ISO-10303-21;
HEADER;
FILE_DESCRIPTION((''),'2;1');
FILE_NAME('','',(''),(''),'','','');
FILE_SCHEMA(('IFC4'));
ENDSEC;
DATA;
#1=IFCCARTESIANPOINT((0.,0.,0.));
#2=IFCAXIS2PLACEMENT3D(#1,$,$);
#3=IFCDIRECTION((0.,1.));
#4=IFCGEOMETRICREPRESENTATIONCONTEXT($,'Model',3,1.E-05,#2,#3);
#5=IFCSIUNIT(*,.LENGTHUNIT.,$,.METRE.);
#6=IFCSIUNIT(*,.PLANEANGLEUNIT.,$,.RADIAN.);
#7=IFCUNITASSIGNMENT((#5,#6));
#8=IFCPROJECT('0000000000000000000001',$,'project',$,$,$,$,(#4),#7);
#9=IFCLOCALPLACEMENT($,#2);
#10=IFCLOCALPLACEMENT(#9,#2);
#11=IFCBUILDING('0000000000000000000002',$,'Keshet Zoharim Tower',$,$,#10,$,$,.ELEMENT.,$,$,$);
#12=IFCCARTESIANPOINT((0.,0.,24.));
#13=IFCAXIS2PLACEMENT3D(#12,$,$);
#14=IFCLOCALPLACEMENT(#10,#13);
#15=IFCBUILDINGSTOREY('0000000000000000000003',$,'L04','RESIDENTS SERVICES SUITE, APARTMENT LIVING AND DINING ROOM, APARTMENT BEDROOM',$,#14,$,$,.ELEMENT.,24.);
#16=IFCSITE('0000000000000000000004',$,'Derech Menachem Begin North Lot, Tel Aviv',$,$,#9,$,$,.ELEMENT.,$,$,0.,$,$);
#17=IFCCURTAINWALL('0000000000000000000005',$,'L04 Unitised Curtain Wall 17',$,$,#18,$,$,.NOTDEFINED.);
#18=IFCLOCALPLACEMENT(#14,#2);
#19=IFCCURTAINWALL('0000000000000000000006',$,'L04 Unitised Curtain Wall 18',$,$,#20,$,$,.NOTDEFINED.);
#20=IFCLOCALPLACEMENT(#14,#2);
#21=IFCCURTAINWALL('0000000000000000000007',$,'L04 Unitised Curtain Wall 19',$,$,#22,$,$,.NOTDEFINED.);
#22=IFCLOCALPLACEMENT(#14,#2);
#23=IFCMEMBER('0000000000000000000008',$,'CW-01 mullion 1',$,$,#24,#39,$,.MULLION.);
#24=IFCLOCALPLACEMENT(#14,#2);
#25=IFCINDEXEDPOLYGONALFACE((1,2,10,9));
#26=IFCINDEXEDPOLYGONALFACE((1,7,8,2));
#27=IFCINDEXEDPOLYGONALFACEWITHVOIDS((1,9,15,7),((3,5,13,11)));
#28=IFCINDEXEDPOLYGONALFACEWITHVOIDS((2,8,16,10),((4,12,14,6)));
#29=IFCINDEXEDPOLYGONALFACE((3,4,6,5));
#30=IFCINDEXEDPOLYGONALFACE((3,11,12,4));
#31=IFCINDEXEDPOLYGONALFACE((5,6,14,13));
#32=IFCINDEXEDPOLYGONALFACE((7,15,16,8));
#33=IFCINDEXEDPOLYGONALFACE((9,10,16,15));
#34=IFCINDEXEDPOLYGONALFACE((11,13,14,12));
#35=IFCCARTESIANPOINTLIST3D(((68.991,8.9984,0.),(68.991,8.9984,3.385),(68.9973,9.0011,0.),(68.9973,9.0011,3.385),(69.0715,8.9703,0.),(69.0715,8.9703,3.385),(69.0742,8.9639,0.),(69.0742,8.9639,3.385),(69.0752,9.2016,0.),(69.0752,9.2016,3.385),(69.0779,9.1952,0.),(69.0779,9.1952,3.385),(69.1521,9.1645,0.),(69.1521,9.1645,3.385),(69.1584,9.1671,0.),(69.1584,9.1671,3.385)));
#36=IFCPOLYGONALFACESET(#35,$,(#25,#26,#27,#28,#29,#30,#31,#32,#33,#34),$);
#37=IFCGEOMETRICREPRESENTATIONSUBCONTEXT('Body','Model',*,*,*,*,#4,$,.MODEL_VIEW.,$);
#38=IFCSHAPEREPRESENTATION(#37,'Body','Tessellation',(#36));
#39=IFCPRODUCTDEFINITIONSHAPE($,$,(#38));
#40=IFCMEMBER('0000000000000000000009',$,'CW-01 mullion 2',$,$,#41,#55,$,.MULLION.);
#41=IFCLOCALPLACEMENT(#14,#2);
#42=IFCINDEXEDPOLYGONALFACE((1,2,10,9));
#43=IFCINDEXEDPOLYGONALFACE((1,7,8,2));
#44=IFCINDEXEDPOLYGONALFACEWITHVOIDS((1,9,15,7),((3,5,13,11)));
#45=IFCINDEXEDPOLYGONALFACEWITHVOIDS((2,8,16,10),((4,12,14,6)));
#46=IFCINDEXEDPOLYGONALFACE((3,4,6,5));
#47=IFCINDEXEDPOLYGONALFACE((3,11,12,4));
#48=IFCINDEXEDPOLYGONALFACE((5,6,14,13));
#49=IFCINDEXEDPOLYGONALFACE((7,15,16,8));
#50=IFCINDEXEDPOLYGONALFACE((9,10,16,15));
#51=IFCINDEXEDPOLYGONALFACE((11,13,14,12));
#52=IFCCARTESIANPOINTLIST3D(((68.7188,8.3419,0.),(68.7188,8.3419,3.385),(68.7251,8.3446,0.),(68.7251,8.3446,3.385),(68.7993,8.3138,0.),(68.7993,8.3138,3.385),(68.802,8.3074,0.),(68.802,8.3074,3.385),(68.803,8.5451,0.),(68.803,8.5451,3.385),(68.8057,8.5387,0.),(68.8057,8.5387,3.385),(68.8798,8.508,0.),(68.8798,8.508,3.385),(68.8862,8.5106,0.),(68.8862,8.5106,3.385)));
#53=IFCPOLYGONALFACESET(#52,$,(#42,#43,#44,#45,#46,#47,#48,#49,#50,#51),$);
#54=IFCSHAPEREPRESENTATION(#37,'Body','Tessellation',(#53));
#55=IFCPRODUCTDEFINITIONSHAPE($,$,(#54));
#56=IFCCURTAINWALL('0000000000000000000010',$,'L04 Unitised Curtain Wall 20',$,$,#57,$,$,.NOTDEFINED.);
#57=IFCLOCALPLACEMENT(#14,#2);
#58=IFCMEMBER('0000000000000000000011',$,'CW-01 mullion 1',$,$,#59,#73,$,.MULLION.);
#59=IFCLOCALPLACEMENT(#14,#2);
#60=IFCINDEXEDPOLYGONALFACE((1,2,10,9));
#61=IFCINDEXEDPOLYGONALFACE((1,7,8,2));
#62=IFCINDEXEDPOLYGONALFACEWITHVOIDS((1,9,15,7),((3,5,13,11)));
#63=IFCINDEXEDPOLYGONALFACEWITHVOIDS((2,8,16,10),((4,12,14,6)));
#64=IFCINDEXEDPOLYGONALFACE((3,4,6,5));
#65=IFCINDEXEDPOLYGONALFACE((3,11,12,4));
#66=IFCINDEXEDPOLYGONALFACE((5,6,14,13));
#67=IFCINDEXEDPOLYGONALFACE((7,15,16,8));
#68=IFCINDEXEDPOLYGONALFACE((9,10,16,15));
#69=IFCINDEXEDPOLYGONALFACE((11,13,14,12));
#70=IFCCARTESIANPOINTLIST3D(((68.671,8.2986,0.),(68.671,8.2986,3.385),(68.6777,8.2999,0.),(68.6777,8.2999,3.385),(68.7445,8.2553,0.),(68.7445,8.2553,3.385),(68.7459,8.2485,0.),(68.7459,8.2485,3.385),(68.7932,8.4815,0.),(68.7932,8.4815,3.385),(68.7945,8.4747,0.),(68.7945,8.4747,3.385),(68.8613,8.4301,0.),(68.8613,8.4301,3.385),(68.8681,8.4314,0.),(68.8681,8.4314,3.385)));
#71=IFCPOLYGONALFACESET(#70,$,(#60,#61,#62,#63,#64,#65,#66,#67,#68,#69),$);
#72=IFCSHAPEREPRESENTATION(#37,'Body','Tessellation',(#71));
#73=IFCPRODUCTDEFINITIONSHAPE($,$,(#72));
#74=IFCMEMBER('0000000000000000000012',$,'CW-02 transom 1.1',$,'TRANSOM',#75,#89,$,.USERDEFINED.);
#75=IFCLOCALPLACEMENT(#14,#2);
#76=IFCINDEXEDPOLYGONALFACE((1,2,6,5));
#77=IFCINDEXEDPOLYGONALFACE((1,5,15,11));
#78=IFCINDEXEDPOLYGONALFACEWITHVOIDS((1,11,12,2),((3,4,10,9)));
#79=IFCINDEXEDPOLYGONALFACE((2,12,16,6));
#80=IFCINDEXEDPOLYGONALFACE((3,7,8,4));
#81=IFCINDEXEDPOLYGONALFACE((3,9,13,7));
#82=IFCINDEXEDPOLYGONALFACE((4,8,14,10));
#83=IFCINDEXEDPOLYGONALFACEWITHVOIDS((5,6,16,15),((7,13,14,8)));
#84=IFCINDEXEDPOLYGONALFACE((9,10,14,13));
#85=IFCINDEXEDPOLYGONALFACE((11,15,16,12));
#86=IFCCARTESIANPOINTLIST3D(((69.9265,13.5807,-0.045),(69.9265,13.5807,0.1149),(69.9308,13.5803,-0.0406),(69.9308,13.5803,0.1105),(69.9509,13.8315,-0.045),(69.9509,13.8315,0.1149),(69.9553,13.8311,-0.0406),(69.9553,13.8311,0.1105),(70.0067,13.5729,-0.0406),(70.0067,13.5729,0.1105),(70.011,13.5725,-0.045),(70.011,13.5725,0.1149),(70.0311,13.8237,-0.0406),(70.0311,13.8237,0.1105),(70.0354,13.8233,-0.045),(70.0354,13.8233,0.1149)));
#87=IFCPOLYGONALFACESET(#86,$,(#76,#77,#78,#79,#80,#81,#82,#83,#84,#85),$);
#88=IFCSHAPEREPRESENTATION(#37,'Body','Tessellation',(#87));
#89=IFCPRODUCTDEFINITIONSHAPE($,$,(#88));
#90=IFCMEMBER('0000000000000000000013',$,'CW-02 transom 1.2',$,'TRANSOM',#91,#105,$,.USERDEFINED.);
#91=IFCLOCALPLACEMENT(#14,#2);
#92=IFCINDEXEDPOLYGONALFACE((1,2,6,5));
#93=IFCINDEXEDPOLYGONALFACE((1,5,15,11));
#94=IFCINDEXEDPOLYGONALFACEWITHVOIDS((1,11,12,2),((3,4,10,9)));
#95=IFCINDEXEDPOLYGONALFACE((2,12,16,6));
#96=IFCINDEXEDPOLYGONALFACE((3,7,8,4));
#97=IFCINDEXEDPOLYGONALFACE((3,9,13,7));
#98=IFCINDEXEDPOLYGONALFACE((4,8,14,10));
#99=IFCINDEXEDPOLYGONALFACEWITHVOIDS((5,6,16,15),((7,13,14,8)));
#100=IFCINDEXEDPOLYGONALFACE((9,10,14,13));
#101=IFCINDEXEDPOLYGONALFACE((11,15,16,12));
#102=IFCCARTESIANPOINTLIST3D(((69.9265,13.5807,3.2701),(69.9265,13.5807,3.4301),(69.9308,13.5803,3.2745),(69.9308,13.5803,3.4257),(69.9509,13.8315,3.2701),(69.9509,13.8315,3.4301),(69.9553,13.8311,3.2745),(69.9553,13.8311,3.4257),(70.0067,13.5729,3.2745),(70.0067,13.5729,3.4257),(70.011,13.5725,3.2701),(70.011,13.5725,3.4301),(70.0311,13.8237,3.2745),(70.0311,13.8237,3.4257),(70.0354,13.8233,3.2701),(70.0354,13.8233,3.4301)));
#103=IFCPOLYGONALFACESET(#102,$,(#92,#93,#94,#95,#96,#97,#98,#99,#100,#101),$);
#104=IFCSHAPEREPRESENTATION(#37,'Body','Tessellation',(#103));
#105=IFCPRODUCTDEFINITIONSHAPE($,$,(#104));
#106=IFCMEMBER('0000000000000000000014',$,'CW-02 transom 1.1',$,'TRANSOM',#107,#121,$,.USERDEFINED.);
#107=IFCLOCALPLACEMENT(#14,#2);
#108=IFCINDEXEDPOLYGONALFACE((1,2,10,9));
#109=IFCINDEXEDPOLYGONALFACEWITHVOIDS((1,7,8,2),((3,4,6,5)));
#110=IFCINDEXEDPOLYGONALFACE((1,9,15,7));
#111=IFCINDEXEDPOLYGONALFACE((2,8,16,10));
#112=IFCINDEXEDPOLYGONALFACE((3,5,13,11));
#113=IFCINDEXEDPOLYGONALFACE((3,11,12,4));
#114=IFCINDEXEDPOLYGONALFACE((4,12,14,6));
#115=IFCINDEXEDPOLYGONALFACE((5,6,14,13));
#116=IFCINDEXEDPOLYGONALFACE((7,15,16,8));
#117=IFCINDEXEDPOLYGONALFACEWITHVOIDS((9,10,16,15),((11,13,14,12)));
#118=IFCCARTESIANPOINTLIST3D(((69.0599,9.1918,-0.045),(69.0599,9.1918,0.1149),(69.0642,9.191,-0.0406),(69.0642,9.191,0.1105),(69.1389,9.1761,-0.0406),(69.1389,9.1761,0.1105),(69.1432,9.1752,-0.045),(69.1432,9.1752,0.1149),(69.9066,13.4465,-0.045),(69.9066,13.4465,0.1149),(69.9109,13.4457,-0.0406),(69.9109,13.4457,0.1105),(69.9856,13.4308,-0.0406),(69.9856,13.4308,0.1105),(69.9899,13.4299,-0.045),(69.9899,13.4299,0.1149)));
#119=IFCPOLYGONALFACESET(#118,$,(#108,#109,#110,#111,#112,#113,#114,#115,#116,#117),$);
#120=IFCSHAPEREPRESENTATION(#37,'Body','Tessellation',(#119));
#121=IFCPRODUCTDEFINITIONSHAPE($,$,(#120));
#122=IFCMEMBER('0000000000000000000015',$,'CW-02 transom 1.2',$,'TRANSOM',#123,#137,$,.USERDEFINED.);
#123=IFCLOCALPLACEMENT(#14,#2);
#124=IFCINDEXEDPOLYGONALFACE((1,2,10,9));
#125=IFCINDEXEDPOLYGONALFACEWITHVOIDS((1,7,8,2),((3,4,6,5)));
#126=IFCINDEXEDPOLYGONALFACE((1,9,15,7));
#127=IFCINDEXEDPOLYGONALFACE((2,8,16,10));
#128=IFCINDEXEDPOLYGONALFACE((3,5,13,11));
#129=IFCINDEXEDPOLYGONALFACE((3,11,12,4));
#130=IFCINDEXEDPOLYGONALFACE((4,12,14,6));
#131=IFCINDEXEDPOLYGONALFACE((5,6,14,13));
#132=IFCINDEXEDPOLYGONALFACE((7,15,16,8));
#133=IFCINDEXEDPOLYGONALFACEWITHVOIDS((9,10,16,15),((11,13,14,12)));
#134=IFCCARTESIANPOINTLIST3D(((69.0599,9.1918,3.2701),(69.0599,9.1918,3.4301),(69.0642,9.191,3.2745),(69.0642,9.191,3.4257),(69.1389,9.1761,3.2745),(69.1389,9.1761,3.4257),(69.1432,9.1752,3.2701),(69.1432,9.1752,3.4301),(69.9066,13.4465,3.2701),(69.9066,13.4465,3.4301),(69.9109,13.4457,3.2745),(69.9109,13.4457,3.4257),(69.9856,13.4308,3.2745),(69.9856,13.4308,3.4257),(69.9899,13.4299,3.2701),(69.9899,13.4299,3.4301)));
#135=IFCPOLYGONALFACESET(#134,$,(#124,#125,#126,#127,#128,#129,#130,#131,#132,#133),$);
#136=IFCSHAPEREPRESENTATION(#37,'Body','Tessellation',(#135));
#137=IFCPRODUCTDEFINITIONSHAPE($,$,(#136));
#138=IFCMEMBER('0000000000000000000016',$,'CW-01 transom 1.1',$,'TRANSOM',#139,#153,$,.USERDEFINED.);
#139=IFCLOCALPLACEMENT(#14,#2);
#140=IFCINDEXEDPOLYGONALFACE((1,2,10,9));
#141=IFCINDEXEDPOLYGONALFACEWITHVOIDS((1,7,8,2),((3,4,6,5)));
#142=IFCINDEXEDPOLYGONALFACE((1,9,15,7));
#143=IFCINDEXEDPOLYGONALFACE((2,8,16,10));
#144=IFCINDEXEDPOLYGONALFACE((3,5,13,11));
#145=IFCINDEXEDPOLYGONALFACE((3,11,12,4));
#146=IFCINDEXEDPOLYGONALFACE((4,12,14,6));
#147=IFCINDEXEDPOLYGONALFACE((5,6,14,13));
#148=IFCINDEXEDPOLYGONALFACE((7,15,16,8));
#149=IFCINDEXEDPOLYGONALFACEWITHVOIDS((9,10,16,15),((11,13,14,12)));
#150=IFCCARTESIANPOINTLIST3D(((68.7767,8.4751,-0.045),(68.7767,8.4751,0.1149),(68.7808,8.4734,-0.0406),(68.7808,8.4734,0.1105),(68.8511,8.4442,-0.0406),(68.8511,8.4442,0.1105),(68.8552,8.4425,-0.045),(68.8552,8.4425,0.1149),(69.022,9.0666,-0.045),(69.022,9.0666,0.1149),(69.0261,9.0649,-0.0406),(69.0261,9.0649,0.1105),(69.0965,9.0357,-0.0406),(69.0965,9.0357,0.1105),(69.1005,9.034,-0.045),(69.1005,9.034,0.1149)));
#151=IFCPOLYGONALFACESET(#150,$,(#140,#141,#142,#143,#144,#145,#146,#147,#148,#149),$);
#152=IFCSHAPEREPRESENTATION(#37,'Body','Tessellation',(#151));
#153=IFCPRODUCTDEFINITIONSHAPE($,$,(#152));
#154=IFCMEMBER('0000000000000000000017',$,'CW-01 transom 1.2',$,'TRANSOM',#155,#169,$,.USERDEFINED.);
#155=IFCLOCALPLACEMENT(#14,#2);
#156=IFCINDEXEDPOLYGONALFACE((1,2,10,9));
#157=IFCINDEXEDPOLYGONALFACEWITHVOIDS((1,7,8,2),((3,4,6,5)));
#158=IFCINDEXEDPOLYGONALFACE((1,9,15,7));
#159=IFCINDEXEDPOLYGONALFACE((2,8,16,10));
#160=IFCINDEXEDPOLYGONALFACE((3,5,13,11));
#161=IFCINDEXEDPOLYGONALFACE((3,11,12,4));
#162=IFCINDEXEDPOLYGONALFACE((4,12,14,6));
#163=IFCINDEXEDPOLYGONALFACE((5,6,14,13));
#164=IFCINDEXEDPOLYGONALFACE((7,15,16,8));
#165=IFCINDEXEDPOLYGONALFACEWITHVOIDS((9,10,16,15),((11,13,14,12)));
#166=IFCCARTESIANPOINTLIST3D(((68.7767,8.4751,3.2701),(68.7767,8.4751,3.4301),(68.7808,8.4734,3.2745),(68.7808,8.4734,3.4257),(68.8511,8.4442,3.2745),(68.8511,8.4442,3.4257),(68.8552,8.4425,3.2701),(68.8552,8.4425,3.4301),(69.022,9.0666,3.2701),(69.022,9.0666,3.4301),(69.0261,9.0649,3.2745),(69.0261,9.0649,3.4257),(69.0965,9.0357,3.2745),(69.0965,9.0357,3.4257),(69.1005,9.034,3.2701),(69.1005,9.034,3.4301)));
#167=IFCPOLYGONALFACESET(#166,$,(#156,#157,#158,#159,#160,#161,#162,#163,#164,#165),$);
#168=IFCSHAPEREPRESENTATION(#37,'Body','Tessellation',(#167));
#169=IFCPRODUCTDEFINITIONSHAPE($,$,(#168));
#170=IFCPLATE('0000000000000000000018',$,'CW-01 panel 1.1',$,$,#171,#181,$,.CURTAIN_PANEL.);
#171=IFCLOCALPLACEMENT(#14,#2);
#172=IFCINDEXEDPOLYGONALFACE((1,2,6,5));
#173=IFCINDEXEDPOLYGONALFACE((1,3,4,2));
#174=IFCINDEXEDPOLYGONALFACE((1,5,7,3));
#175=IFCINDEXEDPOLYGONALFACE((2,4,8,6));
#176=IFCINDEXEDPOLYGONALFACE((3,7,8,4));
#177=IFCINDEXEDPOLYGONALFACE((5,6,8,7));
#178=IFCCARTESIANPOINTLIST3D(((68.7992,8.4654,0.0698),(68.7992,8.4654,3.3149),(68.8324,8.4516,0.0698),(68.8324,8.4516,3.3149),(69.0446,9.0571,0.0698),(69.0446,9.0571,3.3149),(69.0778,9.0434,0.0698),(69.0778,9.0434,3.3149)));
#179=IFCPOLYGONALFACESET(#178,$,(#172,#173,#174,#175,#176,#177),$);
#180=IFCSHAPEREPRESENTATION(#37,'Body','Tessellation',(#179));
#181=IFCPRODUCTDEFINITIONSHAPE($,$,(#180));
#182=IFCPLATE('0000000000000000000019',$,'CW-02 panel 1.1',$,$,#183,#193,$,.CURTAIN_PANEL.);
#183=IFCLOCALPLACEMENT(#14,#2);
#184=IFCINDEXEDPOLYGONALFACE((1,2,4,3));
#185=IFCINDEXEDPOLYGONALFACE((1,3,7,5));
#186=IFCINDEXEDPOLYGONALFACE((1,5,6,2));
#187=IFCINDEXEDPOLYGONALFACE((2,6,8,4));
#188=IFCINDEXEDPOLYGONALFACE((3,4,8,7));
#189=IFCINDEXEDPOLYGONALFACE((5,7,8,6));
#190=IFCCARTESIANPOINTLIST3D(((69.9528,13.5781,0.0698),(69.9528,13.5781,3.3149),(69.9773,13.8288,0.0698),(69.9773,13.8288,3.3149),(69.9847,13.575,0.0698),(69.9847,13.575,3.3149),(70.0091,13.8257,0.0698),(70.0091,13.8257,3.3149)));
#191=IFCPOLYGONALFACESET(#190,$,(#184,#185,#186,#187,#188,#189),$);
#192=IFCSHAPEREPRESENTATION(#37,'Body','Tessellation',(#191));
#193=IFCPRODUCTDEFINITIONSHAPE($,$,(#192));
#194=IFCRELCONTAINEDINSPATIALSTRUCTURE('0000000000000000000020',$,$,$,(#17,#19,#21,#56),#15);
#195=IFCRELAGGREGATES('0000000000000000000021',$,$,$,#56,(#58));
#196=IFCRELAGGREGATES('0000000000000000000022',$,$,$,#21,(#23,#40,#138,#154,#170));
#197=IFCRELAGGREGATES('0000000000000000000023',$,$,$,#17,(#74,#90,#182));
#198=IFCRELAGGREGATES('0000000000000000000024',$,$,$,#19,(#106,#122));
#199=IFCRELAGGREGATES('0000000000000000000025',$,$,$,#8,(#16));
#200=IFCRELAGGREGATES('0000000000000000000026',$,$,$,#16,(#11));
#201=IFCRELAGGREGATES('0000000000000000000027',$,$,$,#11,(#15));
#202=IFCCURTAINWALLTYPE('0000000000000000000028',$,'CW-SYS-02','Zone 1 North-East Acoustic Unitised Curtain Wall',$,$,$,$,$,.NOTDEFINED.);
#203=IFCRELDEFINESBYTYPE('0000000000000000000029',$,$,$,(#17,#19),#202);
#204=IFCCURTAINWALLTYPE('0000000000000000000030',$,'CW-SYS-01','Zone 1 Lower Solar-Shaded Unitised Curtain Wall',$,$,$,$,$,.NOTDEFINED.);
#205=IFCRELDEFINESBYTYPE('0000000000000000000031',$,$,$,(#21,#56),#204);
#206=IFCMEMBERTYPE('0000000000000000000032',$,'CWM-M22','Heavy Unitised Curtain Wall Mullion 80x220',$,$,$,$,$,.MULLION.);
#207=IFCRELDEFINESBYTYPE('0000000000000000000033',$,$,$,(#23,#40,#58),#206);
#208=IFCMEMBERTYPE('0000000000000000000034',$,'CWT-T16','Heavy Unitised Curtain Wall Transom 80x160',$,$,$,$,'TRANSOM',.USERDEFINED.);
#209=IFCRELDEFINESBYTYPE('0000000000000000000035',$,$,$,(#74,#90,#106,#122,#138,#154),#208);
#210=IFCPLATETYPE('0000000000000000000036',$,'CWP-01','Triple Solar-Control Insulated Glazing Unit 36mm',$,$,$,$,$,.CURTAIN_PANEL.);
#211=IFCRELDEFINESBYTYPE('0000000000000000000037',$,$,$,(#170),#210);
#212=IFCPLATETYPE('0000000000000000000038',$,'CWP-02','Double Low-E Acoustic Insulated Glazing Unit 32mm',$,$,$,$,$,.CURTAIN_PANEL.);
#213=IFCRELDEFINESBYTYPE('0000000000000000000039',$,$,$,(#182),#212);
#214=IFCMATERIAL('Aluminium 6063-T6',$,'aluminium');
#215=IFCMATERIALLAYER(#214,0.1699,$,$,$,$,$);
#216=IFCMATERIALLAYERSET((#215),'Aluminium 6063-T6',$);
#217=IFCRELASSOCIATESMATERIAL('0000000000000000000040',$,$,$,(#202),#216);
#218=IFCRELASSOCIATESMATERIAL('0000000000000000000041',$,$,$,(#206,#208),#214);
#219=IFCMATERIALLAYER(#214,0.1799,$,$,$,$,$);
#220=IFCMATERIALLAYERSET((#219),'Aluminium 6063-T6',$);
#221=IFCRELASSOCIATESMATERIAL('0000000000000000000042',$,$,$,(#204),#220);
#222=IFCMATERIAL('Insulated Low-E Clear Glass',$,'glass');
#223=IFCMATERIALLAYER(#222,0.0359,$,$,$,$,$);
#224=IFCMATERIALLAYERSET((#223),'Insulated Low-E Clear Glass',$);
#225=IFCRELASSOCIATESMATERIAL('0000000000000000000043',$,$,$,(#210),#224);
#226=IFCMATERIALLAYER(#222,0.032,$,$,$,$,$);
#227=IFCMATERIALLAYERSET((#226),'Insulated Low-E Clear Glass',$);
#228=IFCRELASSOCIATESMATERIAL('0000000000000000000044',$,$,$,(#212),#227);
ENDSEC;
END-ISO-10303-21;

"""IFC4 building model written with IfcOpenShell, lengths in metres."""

from ifc_helpers import new_model, si_unit, direction, frame, origin, origin_2d, place, context, subcontext, project, spatial, rectangle, hollow_rectangle, extrude, material, layer, layer_set, material_profile, profile_set, type_object, element, aggregate, save


model = new_model("IFC4")

# Units and contexts
model_context = context("Model", 3, precision=1e-05, world=origin(), true_north=direction((0.0, 1.0)))
body_context = subcontext(model_context, "Body", "Model", "MODEL_VIEW")
ifc_project = project(units=[si_unit("LENGTHUNIT", "METRE"), si_unit("PLANEANGLEUNIT", "RADIAN")], contexts=[model_context])

# Site, building, storey
site_placement = place(None, origin())
site = spatial("IfcSite", under=ifc_project, at=site_placement, Name="Derech Menachem Begin North Lot, Tel Aviv", CompositionType="ELEMENT", RefElevation=0.0)
building_placement = place(site_placement, origin())
building = spatial("IfcBuilding", under=site, at=building_placement, Name="Keshet Zoharim Tower", CompositionType="ELEMENT")
storey_placement = place(building_placement, frame((0.0, 0.0, 24.0)))
storey = spatial("IfcBuildingStorey", under=building, at=storey_placement, Name="L04", Description="RESIDENTS SERVICES SUITE, APARTMENT LIVING AND DINING ROOM, APARTMENT BEDROOM", CompositionType="ELEMENT", Elevation=24.0)

# Shared definitions
ifc_material_1 = material(Name="Aluminium 6063-T6", Category="aluminium")
ifc_layer_1 = layer(ifc_material_1, 0.1699)
ifc_layer_set_1 = layer_set([ifc_layer_1], Name="Aluminium 6063-T6")
curtain_wall_type_1 = type_object("IfcCurtainWallType", Name="CW-SYS-02", Description="Zone 1 North-East Acoustic Unitised Curtain Wall", PredefinedType="NOTDEFINED", material=ifc_layer_set_1)
ifc_material_profile_1 = material_profile(ifc_material_1, hollow_rectangle(XDim=0.0901, YDim=0.22, WallThickness=0.0049, at=origin_2d()), Name="MUL-90x220")
ifc_profile_set_1 = profile_set([ifc_material_profile_1], Name="Aluminium 6063-T6")
member_type_1 = type_object("IfcMemberType", Name="CWM-M22", Description="Heavy Unitised Curtain Wall Mullion 80x220", PredefinedType="MULLION", material=ifc_profile_set_1)

# Curtain walls, members
curtain_wall_1_placement = place(storey_placement, origin())
curtain_wall_1 = element("IfcCurtainWall", 1, at=curtain_wall_1_placement, inside=storey, type_object=curtain_wall_type_1, Name="L04 Unitised Curtain Wall 17", PredefinedType="NOTDEFINED")
curtain_wall_2_placement = place(storey_placement, origin())
curtain_wall_2 = element("IfcCurtainWall", 2, at=curtain_wall_2_placement, inside=storey, type_object=curtain_wall_type_1, Name="L04 Unitised Curtain Wall 18", PredefinedType="NOTDEFINED")
ifc_layer_2 = layer(ifc_material_1, 0.1799)
ifc_layer_set_2 = layer_set([ifc_layer_2], Name="Aluminium 6063-T6")
curtain_wall_type_2 = type_object("IfcCurtainWallType", Name="CW-SYS-01", Description="Zone 1 Lower Solar-Shaded Unitised Curtain Wall", PredefinedType="NOTDEFINED", material=ifc_layer_set_2)
curtain_wall_3_placement = place(storey_placement, origin())
curtain_wall_3 = element("IfcCurtainWall", 3, at=curtain_wall_3_placement, inside=storey, type_object=curtain_wall_type_2, Name="L04 Unitised Curtain Wall 19", PredefinedType="NOTDEFINED")
member_1_placement = place(storey_placement, frame((69.0747, 9.0828, 0.0), z_axis=(0.0, 0.0, 1.0), x_axis=(0.92372, -0.383068, 0.0)))
member_1 = element("IfcMember", 4, at=member_1_placement, type_object=member_type_1, Name="CW-01 mullion 1", PredefinedType="MULLION", context=body_context, shape_type="SweptSolid", body=[
    extrude(hollow_rectangle(XDim=0.0901, YDim=0.22, WallThickness=0.0049, at=origin_2d()), origin(), (0.0, 0.0, 1.0), 3.385),
])
member_2_placement = place(storey_placement, frame((68.8025, 8.4263, 0.0), z_axis=(0.0, 0.0, 1.0), x_axis=(0.92372, -0.383068, 0.0)))
member_2 = element("IfcMember", 5, at=member_2_placement, type_object=member_type_1, Name="CW-01 mullion 2", PredefinedType="MULLION", context=body_context, shape_type="SweptSolid", body=[
    extrude(hollow_rectangle(XDim=0.0901, YDim=0.22, WallThickness=0.0049, at=origin_2d()), origin(), (0.0, 0.0, 1.0), 3.385),
])

# Curtain wall, member
curtain_wall_4_placement = place(storey_placement, origin())
curtain_wall_4 = element("IfcCurtainWall", 6, at=curtain_wall_4_placement, inside=storey, type_object=curtain_wall_type_2, Name="L04 Unitised Curtain Wall 20", PredefinedType="NOTDEFINED")
member_3_placement = place(storey_placement, frame((68.7695, 8.365, 0.0), z_axis=(0.0, 0.0, 1.0), x_axis=(0.831474, -0.555563, 0.0)))
member_3 = element("IfcMember", 7, at=member_3_placement, type_object=member_type_1, Name="CW-01 mullion 1", PredefinedType="MULLION", context=body_context, shape_type="SweptSolid", body=[
    extrude(hollow_rectangle(XDim=0.0901, YDim=0.22, WallThickness=0.0049, at=origin_2d()), origin(), (0.0, 0.0, 1.0), 3.385),
])
aggregate(curtain_wall_4, [member_3])

# Members
ifc_material_profile_2 = material_profile(ifc_material_1, hollow_rectangle(XDim=0.085, YDim=0.1599, WallThickness=0.0044, at=origin_2d()), Name="TRN-85x160")
ifc_profile_set_2 = profile_set([ifc_material_profile_2], Name="Aluminium 6063-T6")
member_type_2 = type_object("IfcMemberType", Name="CWT-T16", Description="Heavy Unitised Curtain Wall Transom 80x160", ElementType="TRANSOM", PredefinedType="USERDEFINED", material=ifc_profile_set_2)
member_4_placement = place(storey_placement, frame((69.9932, 13.8274, 0.0349), z_axis=(-0.096913, -0.995293, 0.0), x_axis=(0.995293, -0.096913, 0.0)))
member_4 = element("IfcMember", 8, at=member_4_placement, type_object=member_type_2, Name="CW-02 transom 1.1", ObjectType="TRANSOM", PredefinedType="USERDEFINED", context=body_context, shape_type="SweptSolid", body=[
    extrude(hollow_rectangle(XDim=0.085, YDim=0.1599, WallThickness=0.0044, at=origin_2d()), origin(), (0.0, 0.0, 1.0), 0.252),
])
member_5_placement = place(storey_placement, frame((69.9932, 13.8274, 3.3501), z_axis=(-0.096913, -0.995293, 0.0), x_axis=(0.995293, -0.096913, 0.0)))
member_5 = element("IfcMember", 9, at=member_5_placement, type_object=member_type_2, Name="CW-02 transom 1.2", ObjectType="TRANSOM", PredefinedType="USERDEFINED", context=body_context, shape_type="SweptSolid", body=[
    extrude(hollow_rectangle(XDim=0.085, YDim=0.1599, WallThickness=0.0044, at=origin_2d()), origin(), (0.0, 0.0, 1.0), 0.252),
])
member_6_placement = place(storey_placement, frame((69.9482, 13.4382, 0.0349), z_axis=(-0.195174, -0.980769, 0.0), x_axis=(0.980769, -0.195174, 0.0)))
member_6 = element("IfcMember", 10, at=member_6_placement, type_object=member_type_2, Name="CW-02 transom 1.1", ObjectType="TRANSOM", PredefinedType="USERDEFINED", context=body_context, shape_type="SweptSolid", body=[
    extrude(hollow_rectangle(XDim=0.085, YDim=0.1599, WallThickness=0.0044, at=origin_2d()), origin(), (0.0, 0.0, 1.0), 4.3381),
])
member_7_placement = place(storey_placement, frame((69.9482, 13.4382, 3.3501), z_axis=(-0.195174, -0.980769, 0.0), x_axis=(0.980769, -0.195174, 0.0)))
member_7 = element("IfcMember", 11, at=member_7_placement, type_object=member_type_2, Name="CW-02 transom 1.2", ObjectType="TRANSOM", PredefinedType="USERDEFINED", context=body_context, shape_type="SweptSolid", body=[
    extrude(hollow_rectangle(XDim=0.085, YDim=0.1599, WallThickness=0.0044, at=origin_2d()), origin(), (0.0, 0.0, 1.0), 4.3381),
])
member_8_placement = place(storey_placement, frame((69.0613, 9.0503, 0.0349), z_axis=(-0.383126, -0.923696, 0.0), x_axis=(0.923696, -0.383126, 0.0)))
member_8 = element("IfcMember", 12, at=member_8_placement, type_object=member_type_2, Name="CW-01 transom 1.1", ObjectType="TRANSOM", PredefinedType="USERDEFINED", context=body_context, shape_type="SweptSolid", body=[
    extrude(hollow_rectangle(XDim=0.085, YDim=0.1599, WallThickness=0.0044, at=origin_2d()), origin(), (0.0, 0.0, 1.0), 0.6404),
])
member_9_placement = place(storey_placement, frame((69.0613, 9.0503, 3.3501), z_axis=(-0.383126, -0.923696, 0.0), x_axis=(0.923696, -0.383126, 0.0)))
member_9 = element("IfcMember", 13, at=member_9_placement, type_object=member_type_2, Name="CW-01 transom 1.2", ObjectType="TRANSOM", PredefinedType="USERDEFINED", context=body_context, shape_type="SweptSolid", body=[
    extrude(hollow_rectangle(XDim=0.085, YDim=0.1599, WallThickness=0.0044, at=origin_2d()), origin(), (0.0, 0.0, 1.0), 0.6404),
])

# Plates
ifc_material_2 = material(Name="Insulated Low-E Clear Glass", Category="glass")
ifc_layer_3 = layer(ifc_material_2, 0.0359)
ifc_layer_set_3 = layer_set([ifc_layer_3], Name="Insulated Low-E Clear Glass")
plate_type_1 = type_object("IfcPlateType", Name="CWP-01", Description="Triple Solar-Control Insulated Glazing Unit 36mm", PredefinedType="CURTAIN_PANEL", material=ifc_layer_set_3)
plate_1_placement = place(storey_placement, frame((68.9385, 8.7544, 0.0698), z_axis=(0.0, 0.0, 1.0), x_axis=(-0.383068, -0.92372, 0.0)))
plate_1 = element("IfcPlate", 14, at=plate_1_placement, type_object=plate_type_1, Name="CW-01 panel 1.1", PredefinedType="CURTAIN_PANEL", context=body_context, shape_type="SweptSolid", body=[
    extrude(rectangle(XDim=0.6406, YDim=0.0359, at=origin_2d()), origin(), (0.0, 0.0, 1.0), 3.2451),
])
aggregate(curtain_wall_3, [member_1, member_2, member_8, member_9, plate_1])
ifc_layer_4 = layer(ifc_material_2, 0.032)
ifc_layer_set_4 = layer_set([ifc_layer_4], Name="Insulated Low-E Clear Glass")
plate_type_2 = type_object("IfcPlateType", Name="CWP-02", Description="Double Low-E Acoustic Insulated Glazing Unit 32mm", PredefinedType="CURTAIN_PANEL", material=ifc_layer_set_4)
plate_2_placement = place(storey_placement, frame((69.981, 13.7019, 0.0698), z_axis=(0.0, 0.0, 1.0), x_axis=(-0.096977, -0.995287, 0.0)))
plate_2 = element("IfcPlate", 15, at=plate_2_placement, type_object=plate_type_2, Name="CW-02 panel 1.1", PredefinedType="CURTAIN_PANEL", context=body_context, shape_type="SweptSolid", body=[
    extrude(rectangle(XDim=0.252, YDim=0.032, at=origin_2d()), origin(), (0.0, 0.0, 1.0), 3.2451),
])
aggregate(curtain_wall_1, [member_4, member_5, plate_2])
aggregate(curtain_wall_2, [member_6, member_7])

save(model, "model.ifc")
